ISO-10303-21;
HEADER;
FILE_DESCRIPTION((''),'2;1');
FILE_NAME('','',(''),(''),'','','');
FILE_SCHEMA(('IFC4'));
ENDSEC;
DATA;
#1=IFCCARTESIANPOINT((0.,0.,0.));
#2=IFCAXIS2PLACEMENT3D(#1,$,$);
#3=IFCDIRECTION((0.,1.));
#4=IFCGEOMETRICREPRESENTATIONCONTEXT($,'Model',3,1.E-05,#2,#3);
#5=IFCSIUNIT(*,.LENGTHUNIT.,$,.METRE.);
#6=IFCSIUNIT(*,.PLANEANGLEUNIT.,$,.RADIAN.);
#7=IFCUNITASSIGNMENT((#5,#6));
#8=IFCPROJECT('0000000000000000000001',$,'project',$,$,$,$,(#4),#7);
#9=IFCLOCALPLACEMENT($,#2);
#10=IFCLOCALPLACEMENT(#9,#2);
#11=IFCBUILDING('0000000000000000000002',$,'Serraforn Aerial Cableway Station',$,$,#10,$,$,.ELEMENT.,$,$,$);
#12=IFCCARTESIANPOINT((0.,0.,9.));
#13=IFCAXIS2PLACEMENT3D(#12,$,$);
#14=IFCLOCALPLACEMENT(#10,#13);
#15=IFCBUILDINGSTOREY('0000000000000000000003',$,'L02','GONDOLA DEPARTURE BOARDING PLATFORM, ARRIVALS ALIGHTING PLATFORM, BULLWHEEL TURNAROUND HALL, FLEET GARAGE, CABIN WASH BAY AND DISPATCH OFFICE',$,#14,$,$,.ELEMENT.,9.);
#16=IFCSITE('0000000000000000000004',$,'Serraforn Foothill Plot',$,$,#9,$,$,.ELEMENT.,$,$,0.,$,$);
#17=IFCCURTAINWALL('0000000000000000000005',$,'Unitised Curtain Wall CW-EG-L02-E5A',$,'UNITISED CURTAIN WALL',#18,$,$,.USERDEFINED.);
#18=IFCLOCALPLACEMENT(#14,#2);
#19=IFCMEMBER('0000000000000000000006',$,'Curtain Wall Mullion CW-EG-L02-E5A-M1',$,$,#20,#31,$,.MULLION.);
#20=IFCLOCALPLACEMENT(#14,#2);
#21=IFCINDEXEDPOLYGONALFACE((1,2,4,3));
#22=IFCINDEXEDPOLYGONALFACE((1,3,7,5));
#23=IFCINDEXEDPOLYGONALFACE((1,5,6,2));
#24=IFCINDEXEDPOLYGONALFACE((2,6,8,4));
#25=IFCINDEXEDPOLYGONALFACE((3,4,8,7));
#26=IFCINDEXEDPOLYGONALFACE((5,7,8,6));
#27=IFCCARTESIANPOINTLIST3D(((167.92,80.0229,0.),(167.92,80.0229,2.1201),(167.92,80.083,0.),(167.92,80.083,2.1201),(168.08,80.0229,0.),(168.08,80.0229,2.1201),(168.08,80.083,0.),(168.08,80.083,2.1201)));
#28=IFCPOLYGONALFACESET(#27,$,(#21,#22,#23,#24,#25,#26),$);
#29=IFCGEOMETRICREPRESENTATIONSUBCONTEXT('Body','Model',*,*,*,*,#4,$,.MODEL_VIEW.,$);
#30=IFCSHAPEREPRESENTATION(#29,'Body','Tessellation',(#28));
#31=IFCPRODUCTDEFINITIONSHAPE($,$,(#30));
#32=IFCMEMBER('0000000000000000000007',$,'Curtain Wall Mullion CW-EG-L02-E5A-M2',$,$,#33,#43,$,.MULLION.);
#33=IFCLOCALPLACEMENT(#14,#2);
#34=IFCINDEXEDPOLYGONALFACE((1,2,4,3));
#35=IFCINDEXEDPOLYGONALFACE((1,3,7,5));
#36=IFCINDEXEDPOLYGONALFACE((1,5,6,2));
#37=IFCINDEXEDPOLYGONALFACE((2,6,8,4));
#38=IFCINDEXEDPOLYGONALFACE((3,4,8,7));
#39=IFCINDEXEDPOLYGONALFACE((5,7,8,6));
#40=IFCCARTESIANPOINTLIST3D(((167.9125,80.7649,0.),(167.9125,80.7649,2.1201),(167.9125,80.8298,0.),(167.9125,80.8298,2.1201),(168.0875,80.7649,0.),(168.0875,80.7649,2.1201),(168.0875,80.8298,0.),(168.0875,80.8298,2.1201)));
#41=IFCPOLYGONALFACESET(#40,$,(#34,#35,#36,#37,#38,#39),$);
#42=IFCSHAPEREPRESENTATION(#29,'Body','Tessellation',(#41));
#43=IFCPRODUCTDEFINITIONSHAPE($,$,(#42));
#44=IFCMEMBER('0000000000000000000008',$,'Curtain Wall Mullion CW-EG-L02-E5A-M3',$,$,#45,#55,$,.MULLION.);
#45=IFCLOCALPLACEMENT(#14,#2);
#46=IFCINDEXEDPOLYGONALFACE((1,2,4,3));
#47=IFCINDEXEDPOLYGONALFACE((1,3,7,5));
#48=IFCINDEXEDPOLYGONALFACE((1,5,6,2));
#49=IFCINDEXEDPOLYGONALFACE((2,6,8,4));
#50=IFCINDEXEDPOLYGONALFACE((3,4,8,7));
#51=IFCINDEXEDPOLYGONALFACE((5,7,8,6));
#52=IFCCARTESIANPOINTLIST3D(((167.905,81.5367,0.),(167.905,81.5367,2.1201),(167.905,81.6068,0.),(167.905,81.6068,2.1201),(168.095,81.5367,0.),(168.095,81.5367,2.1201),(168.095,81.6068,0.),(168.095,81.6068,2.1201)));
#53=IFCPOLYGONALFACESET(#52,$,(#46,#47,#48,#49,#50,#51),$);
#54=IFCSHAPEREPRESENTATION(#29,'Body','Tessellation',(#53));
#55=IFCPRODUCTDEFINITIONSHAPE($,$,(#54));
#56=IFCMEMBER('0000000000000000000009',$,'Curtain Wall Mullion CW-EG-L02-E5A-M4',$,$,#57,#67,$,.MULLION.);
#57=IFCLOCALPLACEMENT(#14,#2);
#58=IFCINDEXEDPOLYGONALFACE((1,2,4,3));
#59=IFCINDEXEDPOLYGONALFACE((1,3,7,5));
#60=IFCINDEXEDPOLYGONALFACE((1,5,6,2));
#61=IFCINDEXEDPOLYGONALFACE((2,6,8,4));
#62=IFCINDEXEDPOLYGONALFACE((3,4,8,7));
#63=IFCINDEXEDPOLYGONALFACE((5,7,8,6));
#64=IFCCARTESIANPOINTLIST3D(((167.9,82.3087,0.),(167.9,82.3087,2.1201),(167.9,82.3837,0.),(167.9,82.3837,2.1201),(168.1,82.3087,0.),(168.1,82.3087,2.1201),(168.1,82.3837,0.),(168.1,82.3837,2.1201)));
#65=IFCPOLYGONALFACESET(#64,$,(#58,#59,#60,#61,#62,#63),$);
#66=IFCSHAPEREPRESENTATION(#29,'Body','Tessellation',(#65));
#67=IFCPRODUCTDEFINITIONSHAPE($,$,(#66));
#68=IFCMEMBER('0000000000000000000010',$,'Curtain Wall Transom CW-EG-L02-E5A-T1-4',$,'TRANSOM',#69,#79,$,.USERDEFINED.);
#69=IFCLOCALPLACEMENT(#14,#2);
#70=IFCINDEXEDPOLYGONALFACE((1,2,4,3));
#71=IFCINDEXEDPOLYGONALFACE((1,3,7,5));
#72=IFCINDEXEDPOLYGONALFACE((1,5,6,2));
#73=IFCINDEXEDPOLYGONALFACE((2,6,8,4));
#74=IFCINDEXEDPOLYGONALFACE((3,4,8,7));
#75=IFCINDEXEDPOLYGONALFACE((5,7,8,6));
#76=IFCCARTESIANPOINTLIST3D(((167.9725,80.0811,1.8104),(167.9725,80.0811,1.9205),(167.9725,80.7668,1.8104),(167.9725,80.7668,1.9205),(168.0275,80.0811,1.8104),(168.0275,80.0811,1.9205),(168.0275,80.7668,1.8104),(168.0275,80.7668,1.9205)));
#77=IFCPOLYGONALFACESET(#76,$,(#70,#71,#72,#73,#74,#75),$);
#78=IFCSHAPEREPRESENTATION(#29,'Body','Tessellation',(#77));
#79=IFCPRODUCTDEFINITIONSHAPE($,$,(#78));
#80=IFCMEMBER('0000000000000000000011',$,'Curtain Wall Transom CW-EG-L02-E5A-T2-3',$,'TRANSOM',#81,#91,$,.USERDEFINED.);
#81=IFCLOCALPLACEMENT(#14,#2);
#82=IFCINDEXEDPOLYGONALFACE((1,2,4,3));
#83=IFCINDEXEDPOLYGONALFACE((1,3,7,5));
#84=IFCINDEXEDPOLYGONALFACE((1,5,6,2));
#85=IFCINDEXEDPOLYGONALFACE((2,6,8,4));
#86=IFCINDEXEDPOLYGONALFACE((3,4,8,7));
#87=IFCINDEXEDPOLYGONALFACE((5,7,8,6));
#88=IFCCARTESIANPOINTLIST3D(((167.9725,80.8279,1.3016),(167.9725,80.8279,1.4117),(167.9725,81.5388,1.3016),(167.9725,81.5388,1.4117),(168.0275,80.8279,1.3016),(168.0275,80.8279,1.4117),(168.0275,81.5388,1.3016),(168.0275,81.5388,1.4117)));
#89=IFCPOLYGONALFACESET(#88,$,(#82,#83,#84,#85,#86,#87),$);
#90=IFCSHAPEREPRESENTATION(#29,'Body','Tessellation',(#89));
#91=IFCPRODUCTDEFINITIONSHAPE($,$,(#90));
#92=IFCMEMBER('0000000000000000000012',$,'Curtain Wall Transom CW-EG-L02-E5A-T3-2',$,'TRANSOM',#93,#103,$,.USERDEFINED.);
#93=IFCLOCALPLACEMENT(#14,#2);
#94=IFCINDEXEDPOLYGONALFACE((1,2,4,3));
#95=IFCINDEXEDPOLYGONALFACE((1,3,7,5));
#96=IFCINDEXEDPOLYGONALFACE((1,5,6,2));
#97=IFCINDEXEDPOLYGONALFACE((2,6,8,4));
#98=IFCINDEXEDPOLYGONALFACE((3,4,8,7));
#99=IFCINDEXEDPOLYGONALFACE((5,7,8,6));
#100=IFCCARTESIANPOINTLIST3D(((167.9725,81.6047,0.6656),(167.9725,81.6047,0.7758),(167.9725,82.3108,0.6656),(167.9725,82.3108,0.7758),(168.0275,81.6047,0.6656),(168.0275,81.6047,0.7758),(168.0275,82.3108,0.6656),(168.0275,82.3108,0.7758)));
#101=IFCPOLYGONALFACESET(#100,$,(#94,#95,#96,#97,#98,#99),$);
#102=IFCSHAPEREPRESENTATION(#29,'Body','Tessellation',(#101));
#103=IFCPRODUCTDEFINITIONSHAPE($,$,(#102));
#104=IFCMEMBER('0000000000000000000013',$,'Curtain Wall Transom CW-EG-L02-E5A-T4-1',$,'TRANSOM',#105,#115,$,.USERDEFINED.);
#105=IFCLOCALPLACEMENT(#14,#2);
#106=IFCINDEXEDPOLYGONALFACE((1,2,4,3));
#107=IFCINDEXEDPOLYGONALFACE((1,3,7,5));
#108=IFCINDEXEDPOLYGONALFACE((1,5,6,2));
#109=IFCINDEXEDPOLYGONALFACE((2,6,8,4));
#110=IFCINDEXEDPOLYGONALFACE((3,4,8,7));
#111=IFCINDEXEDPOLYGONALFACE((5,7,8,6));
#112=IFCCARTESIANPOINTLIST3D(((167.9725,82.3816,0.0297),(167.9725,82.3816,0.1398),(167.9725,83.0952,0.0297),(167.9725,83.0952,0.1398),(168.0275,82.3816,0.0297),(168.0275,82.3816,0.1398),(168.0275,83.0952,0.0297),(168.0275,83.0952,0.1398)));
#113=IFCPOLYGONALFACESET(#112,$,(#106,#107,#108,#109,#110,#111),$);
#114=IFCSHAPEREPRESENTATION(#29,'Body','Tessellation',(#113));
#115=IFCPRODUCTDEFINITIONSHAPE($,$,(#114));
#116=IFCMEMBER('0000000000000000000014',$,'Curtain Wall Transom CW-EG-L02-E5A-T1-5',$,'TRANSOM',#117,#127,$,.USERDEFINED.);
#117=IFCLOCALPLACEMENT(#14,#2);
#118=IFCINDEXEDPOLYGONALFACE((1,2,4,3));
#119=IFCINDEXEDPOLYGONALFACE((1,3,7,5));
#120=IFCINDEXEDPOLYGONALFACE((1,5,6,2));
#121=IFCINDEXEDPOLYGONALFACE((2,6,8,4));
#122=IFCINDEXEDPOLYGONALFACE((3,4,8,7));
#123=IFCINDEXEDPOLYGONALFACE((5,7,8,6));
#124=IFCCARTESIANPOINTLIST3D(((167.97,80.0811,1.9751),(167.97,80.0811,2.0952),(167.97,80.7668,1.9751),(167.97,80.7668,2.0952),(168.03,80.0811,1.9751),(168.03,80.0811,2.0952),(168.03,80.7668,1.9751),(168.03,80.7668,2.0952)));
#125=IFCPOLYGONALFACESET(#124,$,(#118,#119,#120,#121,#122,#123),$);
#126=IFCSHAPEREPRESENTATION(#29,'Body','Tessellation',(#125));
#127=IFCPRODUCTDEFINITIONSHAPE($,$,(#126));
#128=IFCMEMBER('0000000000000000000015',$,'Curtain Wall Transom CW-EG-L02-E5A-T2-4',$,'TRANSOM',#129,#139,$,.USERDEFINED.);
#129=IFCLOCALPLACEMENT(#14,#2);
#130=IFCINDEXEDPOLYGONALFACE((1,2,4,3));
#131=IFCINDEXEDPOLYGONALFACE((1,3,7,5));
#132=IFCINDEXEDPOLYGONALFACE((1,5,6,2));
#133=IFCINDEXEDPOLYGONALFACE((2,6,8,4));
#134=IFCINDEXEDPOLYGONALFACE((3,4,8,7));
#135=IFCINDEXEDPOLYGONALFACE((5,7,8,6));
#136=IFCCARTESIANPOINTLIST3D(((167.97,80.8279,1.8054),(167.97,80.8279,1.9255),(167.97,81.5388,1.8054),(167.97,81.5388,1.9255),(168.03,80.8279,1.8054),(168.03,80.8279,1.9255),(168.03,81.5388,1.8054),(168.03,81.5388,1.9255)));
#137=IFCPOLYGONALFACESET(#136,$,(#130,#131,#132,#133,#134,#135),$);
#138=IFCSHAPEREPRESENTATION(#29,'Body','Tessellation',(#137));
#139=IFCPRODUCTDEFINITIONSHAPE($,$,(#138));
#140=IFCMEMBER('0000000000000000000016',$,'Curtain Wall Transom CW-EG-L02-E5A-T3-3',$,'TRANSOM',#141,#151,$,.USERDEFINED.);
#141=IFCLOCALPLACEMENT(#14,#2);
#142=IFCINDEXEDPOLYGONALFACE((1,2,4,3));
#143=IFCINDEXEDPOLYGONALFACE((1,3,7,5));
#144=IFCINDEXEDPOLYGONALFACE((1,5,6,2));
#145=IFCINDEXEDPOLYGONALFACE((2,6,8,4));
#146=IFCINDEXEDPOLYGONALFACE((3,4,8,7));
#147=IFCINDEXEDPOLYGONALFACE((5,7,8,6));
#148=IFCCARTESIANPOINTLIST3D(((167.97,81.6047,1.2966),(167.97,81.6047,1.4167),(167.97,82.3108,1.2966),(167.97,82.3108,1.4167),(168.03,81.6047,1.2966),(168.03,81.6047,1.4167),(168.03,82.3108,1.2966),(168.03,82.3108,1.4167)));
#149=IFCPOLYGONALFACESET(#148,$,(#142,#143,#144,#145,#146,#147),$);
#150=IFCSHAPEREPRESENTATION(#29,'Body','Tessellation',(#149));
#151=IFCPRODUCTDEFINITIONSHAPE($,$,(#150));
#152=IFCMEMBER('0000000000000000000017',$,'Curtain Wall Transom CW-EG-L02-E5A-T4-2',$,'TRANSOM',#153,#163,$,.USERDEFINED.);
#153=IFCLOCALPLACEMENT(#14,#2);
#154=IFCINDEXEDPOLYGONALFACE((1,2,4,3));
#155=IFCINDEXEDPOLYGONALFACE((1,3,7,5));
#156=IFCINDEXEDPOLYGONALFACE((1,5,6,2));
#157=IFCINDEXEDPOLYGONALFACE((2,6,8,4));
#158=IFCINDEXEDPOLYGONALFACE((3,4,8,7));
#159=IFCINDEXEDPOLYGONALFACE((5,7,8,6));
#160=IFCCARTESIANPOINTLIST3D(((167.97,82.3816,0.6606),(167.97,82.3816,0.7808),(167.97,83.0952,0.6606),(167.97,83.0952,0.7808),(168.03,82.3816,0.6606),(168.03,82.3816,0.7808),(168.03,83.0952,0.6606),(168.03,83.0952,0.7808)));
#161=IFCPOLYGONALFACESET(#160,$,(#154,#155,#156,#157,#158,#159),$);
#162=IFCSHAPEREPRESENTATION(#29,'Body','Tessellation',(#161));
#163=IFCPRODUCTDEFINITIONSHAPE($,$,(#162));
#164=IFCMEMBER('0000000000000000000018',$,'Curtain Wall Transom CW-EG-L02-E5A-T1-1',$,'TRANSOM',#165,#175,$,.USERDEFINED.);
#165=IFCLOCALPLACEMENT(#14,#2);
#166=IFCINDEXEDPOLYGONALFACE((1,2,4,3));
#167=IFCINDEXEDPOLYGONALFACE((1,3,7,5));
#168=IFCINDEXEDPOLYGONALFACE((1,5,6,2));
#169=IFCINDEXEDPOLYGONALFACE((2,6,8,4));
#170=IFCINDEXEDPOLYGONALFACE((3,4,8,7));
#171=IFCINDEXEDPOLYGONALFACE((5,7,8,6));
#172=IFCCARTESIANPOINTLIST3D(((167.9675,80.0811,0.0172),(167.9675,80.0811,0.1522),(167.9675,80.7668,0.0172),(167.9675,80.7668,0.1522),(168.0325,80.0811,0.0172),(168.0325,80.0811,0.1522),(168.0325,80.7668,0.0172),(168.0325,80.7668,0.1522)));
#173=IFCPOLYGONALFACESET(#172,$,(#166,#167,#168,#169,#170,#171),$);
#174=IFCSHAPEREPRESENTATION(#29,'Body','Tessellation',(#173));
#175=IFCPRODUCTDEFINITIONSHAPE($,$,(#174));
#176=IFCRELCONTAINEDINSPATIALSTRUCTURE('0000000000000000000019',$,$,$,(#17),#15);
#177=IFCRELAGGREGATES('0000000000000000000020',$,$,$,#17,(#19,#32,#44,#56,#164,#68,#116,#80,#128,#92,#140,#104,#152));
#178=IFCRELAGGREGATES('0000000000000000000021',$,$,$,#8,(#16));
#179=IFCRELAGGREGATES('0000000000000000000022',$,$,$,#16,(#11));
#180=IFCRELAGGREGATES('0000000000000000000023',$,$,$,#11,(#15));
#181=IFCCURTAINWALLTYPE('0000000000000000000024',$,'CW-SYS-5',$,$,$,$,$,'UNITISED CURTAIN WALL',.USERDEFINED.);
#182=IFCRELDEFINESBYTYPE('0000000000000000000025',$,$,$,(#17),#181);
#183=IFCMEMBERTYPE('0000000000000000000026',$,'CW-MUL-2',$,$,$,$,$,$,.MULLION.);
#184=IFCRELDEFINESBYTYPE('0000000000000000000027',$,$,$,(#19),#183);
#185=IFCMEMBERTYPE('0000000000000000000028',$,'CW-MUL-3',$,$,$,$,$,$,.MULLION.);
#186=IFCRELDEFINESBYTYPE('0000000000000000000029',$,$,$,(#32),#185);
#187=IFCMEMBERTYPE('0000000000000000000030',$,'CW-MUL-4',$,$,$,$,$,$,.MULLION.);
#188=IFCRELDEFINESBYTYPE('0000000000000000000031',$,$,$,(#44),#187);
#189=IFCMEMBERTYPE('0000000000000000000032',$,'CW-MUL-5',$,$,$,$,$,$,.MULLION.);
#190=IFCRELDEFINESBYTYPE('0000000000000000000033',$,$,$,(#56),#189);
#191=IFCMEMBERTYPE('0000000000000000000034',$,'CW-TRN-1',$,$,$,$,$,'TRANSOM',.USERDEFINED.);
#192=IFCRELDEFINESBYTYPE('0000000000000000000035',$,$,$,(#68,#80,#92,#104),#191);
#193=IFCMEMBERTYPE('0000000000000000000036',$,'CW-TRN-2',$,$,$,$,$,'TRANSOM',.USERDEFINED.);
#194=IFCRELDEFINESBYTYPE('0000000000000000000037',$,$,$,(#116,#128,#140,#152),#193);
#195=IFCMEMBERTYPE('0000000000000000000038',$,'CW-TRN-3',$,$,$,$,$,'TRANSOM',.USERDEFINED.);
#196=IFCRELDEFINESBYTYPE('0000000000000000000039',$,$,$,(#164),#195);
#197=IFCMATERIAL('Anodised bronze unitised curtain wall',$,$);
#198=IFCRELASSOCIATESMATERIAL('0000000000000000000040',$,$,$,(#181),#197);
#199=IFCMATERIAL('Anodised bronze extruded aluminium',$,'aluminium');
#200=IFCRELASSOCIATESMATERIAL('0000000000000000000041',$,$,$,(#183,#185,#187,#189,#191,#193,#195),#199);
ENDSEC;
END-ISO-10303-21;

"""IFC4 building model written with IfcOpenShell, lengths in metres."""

from ifc_helpers import new_model, si_unit, direction, frame, origin, origin_2d, place, context, subcontext, project, spatial, rectangle, extrude, material, material_profile, profile_set, type_object, element, aggregate, save


model = new_model("IFC4")

# Units and contexts
model_context = context("Model", 3, precision=1e-05, world=origin(), true_north=direction((0.0, 1.0)))
body_context = subcontext(model_context, "Body", "Model", "MODEL_VIEW")
ifc_project = project(units=[si_unit("LENGTHUNIT", "METRE"), si_unit("PLANEANGLEUNIT", "RADIAN")], contexts=[model_context])

# Site, building, storey
site_placement = place(None, origin())
site = spatial("IfcSite", under=ifc_project, at=site_placement, Name="Serraforn Foothill Plot", CompositionType="ELEMENT", RefElevation=0.0)
building_placement = place(site_placement, origin())
building = spatial("IfcBuilding", under=site, at=building_placement, Name="Serraforn Aerial Cableway Station", CompositionType="ELEMENT")
storey_placement = place(building_placement, frame((0.0, 0.0, 9.0)))
storey = spatial("IfcBuildingStorey", under=building, at=storey_placement, Name="L02", Description="GONDOLA DEPARTURE BOARDING PLATFORM, ARRIVALS ALIGHTING PLATFORM, BULLWHEEL TURNAROUND HALL, FLEET GARAGE, CABIN WASH BAY AND DISPATCH OFFICE", CompositionType="ELEMENT", Elevation=9.0)

# Curtain wall, members
ifc_material_1 = material(Name="Anodised bronze unitised curtain wall")
curtain_wall_type = type_object("IfcCurtainWallType", Name="CW-SYS-5", ElementType="UNITISED CURTAIN WALL", PredefinedType="USERDEFINED", material=ifc_material_1)
curtain_wall_placement = place(storey_placement, origin())
curtain_wall = element("IfcCurtainWall", 1, at=curtain_wall_placement, inside=storey, type_object=curtain_wall_type, Name="Unitised Curtain Wall CW-EG-L02-E5A", ObjectType="UNITISED CURTAIN WALL", PredefinedType="USERDEFINED")
ifc_material_2 = material(Name="Anodised bronze extruded aluminium", Category="aluminium")
ifc_material_profile_1 = material_profile(ifc_material_2, rectangle(XDim=0.0601, YDim=0.1599, at=origin_2d()), Name="CW MULLION 60x160")
ifc_profile_set_1 = profile_set([ifc_material_profile_1], Name="Anodised bronze extruded aluminium")
member_type_1 = type_object("IfcMemberType", Name="CW-MUL-2", PredefinedType="MULLION", material=ifc_profile_set_1)
member_1_placement = place(storey_placement, frame((168.0, 80.053, 0.0), z_axis=(0.0, 0.0, 1.0), x_axis=(0.0, 1.0, 0.0)))
member_1 = element("IfcMember", 2, at=member_1_placement, type_object=member_type_1, Name="Curtain Wall Mullion CW-EG-L02-E5A-M1", PredefinedType="MULLION", context=body_context, shape_type="SweptSolid", body=[
    extrude(rectangle(XDim=0.0601, YDim=0.1599, at=origin_2d()), origin(), (0.0, 0.0, 1.0), 2.1201),
])
ifc_material_profile_2 = material_profile(ifc_material_2, rectangle(XDim=0.0649, YDim=0.175, at=origin_2d()), Name="CW MULLION 65x175")
ifc_profile_set_2 = profile_set([ifc_material_profile_2], Name="Anodised bronze extruded aluminium")
member_type_2 = type_object("IfcMemberType", Name="CW-MUL-3", PredefinedType="MULLION", material=ifc_profile_set_2)
member_2_placement = place(storey_placement, frame((168.0, 80.7974, 0.0), z_axis=(0.0, 0.0, 1.0), x_axis=(0.0, 1.0, 0.0)))
member_2 = element("IfcMember", 3, at=member_2_placement, type_object=member_type_2, Name="Curtain Wall Mullion CW-EG-L02-E5A-M2", PredefinedType="MULLION", context=body_context, shape_type="SweptSolid", body=[
    extrude(rectangle(XDim=0.0649, YDim=0.175, at=origin_2d()), origin(), (0.0, 0.0, 1.0), 2.1201),
])
ifc_material_profile_3 = material_profile(ifc_material_2, rectangle(XDim=0.0701, YDim=0.1899, at=origin_2d()), Name="CW MULLION 70x190")
ifc_profile_set_3 = profile_set([ifc_material_profile_3], Name="Anodised bronze extruded aluminium")
member_type_3 = type_object("IfcMemberType", Name="CW-MUL-4", PredefinedType="MULLION", material=ifc_profile_set_3)
member_3_placement = place(storey_placement, frame((168.0, 81.5718, 0.0), z_axis=(0.0, 0.0, 1.0), x_axis=(0.0, 1.0, 0.0)))
member_3 = element("IfcMember", 4, at=member_3_placement, type_object=member_type_3, Name="Curtain Wall Mullion CW-EG-L02-E5A-M3", PredefinedType="MULLION", context=body_context, shape_type="SweptSolid", body=[
    extrude(rectangle(XDim=0.0701, YDim=0.1899, at=origin_2d()), origin(), (0.0, 0.0, 1.0), 2.1201),
])
ifc_material_profile_4 = material_profile(ifc_material_2, rectangle(XDim=0.075, YDim=0.2, at=origin_2d()), Name="CW MULLION 75x200")
ifc_profile_set_4 = profile_set([ifc_material_profile_4], Name="Anodised bronze extruded aluminium")
member_type_4 = type_object("IfcMemberType", Name="CW-MUL-5", PredefinedType="MULLION", material=ifc_profile_set_4)
member_4_placement = place(storey_placement, frame((168.0, 82.3462, 0.0), z_axis=(0.0, 0.0, 1.0), x_axis=(0.0, 1.0, 0.0)))
member_4 = element("IfcMember", 5, at=member_4_placement, type_object=member_type_4, Name="Curtain Wall Mullion CW-EG-L02-E5A-M4", PredefinedType="MULLION", context=body_context, shape_type="SweptSolid", body=[
    extrude(rectangle(XDim=0.075, YDim=0.2, at=origin_2d()), origin(), (0.0, 0.0, 1.0), 2.1201),
])
ifc_material_profile_5 = material_profile(ifc_material_2, rectangle(XDim=0.0549, YDim=0.1101, at=origin_2d()), Name="CW TRANSOM 55x110")
ifc_profile_set_5 = profile_set([ifc_material_profile_5], Name="Anodised bronze extruded aluminium")
member_type_5 = type_object("IfcMemberType", Name="CW-TRN-1", ElementType="TRANSOM", PredefinedType="USERDEFINED", material=ifc_profile_set_5)
member_5_placement = place(storey_placement, frame((168.0, 80.0811, 1.8655), z_axis=(0.0, 1.0, 0.0), x_axis=(-1.0, 0.0, 0.0)))
member_5 = element("IfcMember", 6, at=member_5_placement, type_object=member_type_5, Name="Curtain Wall Transom CW-EG-L02-E5A-T1-4", ObjectType="TRANSOM", PredefinedType="USERDEFINED", context=body_context, shape_type="SweptSolid", body=[
    extrude(rectangle(XDim=0.0549, YDim=0.1101, at=origin_2d()), origin(), (0.0, 0.0, 1.0), 0.6858),
])
member_6_placement = place(storey_placement, frame((168.0, 80.8279, 1.3567), z_axis=(0.0, 1.0, 0.0), x_axis=(-1.0, 0.0, 0.0)))
member_6 = element("IfcMember", 7, at=member_6_placement, type_object=member_type_5, Name="Curtain Wall Transom CW-EG-L02-E5A-T2-3", ObjectType="TRANSOM", PredefinedType="USERDEFINED", context=body_context, shape_type="SweptSolid", body=[
    extrude(rectangle(XDim=0.0549, YDim=0.1101, at=origin_2d()), origin(), (0.0, 0.0, 1.0), 0.7109),
])
member_7_placement = place(storey_placement, frame((168.0, 81.6047, 0.7207), z_axis=(0.0, 1.0, 0.0), x_axis=(-1.0, 0.0, 0.0)))
member_7 = element("IfcMember", 8, at=member_7_placement, type_object=member_type_5, Name="Curtain Wall Transom CW-EG-L02-E5A-T3-2", ObjectType="TRANSOM", PredefinedType="USERDEFINED", context=body_context, shape_type="SweptSolid", body=[
    extrude(rectangle(XDim=0.0549, YDim=0.1101, at=origin_2d()), origin(), (0.0, 0.0, 1.0), 0.7061),
])
member_8_placement = place(storey_placement, frame((168.0, 82.3816, 0.0847), z_axis=(0.0, 1.0, 0.0), x_axis=(-1.0, 0.0, 0.0)))
member_8 = element("IfcMember", 9, at=member_8_placement, type_object=member_type_5, Name="Curtain Wall Transom CW-EG-L02-E5A-T4-1", ObjectType="TRANSOM", PredefinedType="USERDEFINED", context=body_context, shape_type="SweptSolid", body=[
    extrude(rectangle(XDim=0.0549, YDim=0.1101, at=origin_2d()), origin(), (0.0, 0.0, 1.0), 0.7136),
])
ifc_material_profile_6 = material_profile(ifc_material_2, rectangle(XDim=0.0601, YDim=0.1201, at=origin_2d()), Name="CW TRANSOM 60x120")
ifc_profile_set_6 = profile_set([ifc_material_profile_6], Name="Anodised bronze extruded aluminium")
member_type_6 = type_object("IfcMemberType", Name="CW-TRN-2", ElementType="TRANSOM", PredefinedType="USERDEFINED", material=ifc_profile_set_6)
member_9_placement = place(storey_placement, frame((168.0, 80.0811, 2.0352), z_axis=(0.0, 1.0, 0.0), x_axis=(-1.0, 0.0, 0.0)))
member_9 = element("IfcMember", 10, at=member_9_placement, type_object=member_type_6, Name="Curtain Wall Transom CW-EG-L02-E5A-T1-5", ObjectType="TRANSOM", PredefinedType="USERDEFINED", context=body_context, shape_type="SweptSolid", body=[
    extrude(rectangle(XDim=0.0601, YDim=0.1201, at=origin_2d()), origin(), (0.0, 0.0, 1.0), 0.6858),
])
member_10_placement = place(storey_placement, frame((168.0, 80.8279, 1.8655), z_axis=(0.0, 1.0, 0.0), x_axis=(-1.0, 0.0, 0.0)))
member_10 = element("IfcMember", 11, at=member_10_placement, type_object=member_type_6, Name="Curtain Wall Transom CW-EG-L02-E5A-T2-4", ObjectType="TRANSOM", PredefinedType="USERDEFINED", context=body_context, shape_type="SweptSolid", body=[
    extrude(rectangle(XDim=0.0601, YDim=0.1201, at=origin_2d()), origin(), (0.0, 0.0, 1.0), 0.7109),
])
member_11_placement = place(storey_placement, frame((168.0, 81.6047, 1.3567), z_axis=(0.0, 1.0, 0.0), x_axis=(-1.0, 0.0, 0.0)))
member_11 = element("IfcMember", 12, at=member_11_placement, type_object=member_type_6, Name="Curtain Wall Transom CW-EG-L02-E5A-T3-3", ObjectType="TRANSOM", PredefinedType="USERDEFINED", context=body_context, shape_type="SweptSolid", body=[
    extrude(rectangle(XDim=0.0601, YDim=0.1201, at=origin_2d()), origin(), (0.0, 0.0, 1.0), 0.7061),
])
member_12_placement = place(storey_placement, frame((168.0, 82.3816, 0.7207), z_axis=(0.0, 1.0, 0.0), x_axis=(-1.0, 0.0, 0.0)))
member_12 = element("IfcMember", 13, at=member_12_placement, type_object=member_type_6, Name="Curtain Wall Transom CW-EG-L02-E5A-T4-2", ObjectType="TRANSOM", PredefinedType="USERDEFINED", context=body_context, shape_type="SweptSolid", body=[
    extrude(rectangle(XDim=0.0601, YDim=0.1201, at=origin_2d()), origin(), (0.0, 0.0, 1.0), 0.7136),
])
ifc_material_profile_7 = material_profile(ifc_material_2, rectangle(XDim=0.0649, YDim=0.135, at=origin_2d()), Name="CW TRANSOM 65x135")
ifc_profile_set_7 = profile_set([ifc_material_profile_7], Name="Anodised bronze extruded aluminium")
member_type_7 = type_object("IfcMemberType", Name="CW-TRN-3", ElementType="TRANSOM", PredefinedType="USERDEFINED", material=ifc_profile_set_7)
member_13_placement = place(storey_placement, frame((168.0, 80.0811, 0.0847), z_axis=(0.0, 1.0, 0.0), x_axis=(-1.0, 0.0, 0.0)))
member_13 = element("IfcMember", 14, at=member_13_placement, type_object=member_type_7, Name="Curtain Wall Transom CW-EG-L02-E5A-T1-1", ObjectType="TRANSOM", PredefinedType="USERDEFINED", context=body_context, shape_type="SweptSolid", body=[
    extrude(rectangle(XDim=0.0649, YDim=0.135, at=origin_2d()), origin(), (0.0, 0.0, 1.0), 0.6858),
])
aggregate(curtain_wall, [member_1, member_2, member_3, member_4, member_13, member_5, member_9, member_6, member_10, member_7, member_11, member_8, member_12])

save(model, "model.ifc")
